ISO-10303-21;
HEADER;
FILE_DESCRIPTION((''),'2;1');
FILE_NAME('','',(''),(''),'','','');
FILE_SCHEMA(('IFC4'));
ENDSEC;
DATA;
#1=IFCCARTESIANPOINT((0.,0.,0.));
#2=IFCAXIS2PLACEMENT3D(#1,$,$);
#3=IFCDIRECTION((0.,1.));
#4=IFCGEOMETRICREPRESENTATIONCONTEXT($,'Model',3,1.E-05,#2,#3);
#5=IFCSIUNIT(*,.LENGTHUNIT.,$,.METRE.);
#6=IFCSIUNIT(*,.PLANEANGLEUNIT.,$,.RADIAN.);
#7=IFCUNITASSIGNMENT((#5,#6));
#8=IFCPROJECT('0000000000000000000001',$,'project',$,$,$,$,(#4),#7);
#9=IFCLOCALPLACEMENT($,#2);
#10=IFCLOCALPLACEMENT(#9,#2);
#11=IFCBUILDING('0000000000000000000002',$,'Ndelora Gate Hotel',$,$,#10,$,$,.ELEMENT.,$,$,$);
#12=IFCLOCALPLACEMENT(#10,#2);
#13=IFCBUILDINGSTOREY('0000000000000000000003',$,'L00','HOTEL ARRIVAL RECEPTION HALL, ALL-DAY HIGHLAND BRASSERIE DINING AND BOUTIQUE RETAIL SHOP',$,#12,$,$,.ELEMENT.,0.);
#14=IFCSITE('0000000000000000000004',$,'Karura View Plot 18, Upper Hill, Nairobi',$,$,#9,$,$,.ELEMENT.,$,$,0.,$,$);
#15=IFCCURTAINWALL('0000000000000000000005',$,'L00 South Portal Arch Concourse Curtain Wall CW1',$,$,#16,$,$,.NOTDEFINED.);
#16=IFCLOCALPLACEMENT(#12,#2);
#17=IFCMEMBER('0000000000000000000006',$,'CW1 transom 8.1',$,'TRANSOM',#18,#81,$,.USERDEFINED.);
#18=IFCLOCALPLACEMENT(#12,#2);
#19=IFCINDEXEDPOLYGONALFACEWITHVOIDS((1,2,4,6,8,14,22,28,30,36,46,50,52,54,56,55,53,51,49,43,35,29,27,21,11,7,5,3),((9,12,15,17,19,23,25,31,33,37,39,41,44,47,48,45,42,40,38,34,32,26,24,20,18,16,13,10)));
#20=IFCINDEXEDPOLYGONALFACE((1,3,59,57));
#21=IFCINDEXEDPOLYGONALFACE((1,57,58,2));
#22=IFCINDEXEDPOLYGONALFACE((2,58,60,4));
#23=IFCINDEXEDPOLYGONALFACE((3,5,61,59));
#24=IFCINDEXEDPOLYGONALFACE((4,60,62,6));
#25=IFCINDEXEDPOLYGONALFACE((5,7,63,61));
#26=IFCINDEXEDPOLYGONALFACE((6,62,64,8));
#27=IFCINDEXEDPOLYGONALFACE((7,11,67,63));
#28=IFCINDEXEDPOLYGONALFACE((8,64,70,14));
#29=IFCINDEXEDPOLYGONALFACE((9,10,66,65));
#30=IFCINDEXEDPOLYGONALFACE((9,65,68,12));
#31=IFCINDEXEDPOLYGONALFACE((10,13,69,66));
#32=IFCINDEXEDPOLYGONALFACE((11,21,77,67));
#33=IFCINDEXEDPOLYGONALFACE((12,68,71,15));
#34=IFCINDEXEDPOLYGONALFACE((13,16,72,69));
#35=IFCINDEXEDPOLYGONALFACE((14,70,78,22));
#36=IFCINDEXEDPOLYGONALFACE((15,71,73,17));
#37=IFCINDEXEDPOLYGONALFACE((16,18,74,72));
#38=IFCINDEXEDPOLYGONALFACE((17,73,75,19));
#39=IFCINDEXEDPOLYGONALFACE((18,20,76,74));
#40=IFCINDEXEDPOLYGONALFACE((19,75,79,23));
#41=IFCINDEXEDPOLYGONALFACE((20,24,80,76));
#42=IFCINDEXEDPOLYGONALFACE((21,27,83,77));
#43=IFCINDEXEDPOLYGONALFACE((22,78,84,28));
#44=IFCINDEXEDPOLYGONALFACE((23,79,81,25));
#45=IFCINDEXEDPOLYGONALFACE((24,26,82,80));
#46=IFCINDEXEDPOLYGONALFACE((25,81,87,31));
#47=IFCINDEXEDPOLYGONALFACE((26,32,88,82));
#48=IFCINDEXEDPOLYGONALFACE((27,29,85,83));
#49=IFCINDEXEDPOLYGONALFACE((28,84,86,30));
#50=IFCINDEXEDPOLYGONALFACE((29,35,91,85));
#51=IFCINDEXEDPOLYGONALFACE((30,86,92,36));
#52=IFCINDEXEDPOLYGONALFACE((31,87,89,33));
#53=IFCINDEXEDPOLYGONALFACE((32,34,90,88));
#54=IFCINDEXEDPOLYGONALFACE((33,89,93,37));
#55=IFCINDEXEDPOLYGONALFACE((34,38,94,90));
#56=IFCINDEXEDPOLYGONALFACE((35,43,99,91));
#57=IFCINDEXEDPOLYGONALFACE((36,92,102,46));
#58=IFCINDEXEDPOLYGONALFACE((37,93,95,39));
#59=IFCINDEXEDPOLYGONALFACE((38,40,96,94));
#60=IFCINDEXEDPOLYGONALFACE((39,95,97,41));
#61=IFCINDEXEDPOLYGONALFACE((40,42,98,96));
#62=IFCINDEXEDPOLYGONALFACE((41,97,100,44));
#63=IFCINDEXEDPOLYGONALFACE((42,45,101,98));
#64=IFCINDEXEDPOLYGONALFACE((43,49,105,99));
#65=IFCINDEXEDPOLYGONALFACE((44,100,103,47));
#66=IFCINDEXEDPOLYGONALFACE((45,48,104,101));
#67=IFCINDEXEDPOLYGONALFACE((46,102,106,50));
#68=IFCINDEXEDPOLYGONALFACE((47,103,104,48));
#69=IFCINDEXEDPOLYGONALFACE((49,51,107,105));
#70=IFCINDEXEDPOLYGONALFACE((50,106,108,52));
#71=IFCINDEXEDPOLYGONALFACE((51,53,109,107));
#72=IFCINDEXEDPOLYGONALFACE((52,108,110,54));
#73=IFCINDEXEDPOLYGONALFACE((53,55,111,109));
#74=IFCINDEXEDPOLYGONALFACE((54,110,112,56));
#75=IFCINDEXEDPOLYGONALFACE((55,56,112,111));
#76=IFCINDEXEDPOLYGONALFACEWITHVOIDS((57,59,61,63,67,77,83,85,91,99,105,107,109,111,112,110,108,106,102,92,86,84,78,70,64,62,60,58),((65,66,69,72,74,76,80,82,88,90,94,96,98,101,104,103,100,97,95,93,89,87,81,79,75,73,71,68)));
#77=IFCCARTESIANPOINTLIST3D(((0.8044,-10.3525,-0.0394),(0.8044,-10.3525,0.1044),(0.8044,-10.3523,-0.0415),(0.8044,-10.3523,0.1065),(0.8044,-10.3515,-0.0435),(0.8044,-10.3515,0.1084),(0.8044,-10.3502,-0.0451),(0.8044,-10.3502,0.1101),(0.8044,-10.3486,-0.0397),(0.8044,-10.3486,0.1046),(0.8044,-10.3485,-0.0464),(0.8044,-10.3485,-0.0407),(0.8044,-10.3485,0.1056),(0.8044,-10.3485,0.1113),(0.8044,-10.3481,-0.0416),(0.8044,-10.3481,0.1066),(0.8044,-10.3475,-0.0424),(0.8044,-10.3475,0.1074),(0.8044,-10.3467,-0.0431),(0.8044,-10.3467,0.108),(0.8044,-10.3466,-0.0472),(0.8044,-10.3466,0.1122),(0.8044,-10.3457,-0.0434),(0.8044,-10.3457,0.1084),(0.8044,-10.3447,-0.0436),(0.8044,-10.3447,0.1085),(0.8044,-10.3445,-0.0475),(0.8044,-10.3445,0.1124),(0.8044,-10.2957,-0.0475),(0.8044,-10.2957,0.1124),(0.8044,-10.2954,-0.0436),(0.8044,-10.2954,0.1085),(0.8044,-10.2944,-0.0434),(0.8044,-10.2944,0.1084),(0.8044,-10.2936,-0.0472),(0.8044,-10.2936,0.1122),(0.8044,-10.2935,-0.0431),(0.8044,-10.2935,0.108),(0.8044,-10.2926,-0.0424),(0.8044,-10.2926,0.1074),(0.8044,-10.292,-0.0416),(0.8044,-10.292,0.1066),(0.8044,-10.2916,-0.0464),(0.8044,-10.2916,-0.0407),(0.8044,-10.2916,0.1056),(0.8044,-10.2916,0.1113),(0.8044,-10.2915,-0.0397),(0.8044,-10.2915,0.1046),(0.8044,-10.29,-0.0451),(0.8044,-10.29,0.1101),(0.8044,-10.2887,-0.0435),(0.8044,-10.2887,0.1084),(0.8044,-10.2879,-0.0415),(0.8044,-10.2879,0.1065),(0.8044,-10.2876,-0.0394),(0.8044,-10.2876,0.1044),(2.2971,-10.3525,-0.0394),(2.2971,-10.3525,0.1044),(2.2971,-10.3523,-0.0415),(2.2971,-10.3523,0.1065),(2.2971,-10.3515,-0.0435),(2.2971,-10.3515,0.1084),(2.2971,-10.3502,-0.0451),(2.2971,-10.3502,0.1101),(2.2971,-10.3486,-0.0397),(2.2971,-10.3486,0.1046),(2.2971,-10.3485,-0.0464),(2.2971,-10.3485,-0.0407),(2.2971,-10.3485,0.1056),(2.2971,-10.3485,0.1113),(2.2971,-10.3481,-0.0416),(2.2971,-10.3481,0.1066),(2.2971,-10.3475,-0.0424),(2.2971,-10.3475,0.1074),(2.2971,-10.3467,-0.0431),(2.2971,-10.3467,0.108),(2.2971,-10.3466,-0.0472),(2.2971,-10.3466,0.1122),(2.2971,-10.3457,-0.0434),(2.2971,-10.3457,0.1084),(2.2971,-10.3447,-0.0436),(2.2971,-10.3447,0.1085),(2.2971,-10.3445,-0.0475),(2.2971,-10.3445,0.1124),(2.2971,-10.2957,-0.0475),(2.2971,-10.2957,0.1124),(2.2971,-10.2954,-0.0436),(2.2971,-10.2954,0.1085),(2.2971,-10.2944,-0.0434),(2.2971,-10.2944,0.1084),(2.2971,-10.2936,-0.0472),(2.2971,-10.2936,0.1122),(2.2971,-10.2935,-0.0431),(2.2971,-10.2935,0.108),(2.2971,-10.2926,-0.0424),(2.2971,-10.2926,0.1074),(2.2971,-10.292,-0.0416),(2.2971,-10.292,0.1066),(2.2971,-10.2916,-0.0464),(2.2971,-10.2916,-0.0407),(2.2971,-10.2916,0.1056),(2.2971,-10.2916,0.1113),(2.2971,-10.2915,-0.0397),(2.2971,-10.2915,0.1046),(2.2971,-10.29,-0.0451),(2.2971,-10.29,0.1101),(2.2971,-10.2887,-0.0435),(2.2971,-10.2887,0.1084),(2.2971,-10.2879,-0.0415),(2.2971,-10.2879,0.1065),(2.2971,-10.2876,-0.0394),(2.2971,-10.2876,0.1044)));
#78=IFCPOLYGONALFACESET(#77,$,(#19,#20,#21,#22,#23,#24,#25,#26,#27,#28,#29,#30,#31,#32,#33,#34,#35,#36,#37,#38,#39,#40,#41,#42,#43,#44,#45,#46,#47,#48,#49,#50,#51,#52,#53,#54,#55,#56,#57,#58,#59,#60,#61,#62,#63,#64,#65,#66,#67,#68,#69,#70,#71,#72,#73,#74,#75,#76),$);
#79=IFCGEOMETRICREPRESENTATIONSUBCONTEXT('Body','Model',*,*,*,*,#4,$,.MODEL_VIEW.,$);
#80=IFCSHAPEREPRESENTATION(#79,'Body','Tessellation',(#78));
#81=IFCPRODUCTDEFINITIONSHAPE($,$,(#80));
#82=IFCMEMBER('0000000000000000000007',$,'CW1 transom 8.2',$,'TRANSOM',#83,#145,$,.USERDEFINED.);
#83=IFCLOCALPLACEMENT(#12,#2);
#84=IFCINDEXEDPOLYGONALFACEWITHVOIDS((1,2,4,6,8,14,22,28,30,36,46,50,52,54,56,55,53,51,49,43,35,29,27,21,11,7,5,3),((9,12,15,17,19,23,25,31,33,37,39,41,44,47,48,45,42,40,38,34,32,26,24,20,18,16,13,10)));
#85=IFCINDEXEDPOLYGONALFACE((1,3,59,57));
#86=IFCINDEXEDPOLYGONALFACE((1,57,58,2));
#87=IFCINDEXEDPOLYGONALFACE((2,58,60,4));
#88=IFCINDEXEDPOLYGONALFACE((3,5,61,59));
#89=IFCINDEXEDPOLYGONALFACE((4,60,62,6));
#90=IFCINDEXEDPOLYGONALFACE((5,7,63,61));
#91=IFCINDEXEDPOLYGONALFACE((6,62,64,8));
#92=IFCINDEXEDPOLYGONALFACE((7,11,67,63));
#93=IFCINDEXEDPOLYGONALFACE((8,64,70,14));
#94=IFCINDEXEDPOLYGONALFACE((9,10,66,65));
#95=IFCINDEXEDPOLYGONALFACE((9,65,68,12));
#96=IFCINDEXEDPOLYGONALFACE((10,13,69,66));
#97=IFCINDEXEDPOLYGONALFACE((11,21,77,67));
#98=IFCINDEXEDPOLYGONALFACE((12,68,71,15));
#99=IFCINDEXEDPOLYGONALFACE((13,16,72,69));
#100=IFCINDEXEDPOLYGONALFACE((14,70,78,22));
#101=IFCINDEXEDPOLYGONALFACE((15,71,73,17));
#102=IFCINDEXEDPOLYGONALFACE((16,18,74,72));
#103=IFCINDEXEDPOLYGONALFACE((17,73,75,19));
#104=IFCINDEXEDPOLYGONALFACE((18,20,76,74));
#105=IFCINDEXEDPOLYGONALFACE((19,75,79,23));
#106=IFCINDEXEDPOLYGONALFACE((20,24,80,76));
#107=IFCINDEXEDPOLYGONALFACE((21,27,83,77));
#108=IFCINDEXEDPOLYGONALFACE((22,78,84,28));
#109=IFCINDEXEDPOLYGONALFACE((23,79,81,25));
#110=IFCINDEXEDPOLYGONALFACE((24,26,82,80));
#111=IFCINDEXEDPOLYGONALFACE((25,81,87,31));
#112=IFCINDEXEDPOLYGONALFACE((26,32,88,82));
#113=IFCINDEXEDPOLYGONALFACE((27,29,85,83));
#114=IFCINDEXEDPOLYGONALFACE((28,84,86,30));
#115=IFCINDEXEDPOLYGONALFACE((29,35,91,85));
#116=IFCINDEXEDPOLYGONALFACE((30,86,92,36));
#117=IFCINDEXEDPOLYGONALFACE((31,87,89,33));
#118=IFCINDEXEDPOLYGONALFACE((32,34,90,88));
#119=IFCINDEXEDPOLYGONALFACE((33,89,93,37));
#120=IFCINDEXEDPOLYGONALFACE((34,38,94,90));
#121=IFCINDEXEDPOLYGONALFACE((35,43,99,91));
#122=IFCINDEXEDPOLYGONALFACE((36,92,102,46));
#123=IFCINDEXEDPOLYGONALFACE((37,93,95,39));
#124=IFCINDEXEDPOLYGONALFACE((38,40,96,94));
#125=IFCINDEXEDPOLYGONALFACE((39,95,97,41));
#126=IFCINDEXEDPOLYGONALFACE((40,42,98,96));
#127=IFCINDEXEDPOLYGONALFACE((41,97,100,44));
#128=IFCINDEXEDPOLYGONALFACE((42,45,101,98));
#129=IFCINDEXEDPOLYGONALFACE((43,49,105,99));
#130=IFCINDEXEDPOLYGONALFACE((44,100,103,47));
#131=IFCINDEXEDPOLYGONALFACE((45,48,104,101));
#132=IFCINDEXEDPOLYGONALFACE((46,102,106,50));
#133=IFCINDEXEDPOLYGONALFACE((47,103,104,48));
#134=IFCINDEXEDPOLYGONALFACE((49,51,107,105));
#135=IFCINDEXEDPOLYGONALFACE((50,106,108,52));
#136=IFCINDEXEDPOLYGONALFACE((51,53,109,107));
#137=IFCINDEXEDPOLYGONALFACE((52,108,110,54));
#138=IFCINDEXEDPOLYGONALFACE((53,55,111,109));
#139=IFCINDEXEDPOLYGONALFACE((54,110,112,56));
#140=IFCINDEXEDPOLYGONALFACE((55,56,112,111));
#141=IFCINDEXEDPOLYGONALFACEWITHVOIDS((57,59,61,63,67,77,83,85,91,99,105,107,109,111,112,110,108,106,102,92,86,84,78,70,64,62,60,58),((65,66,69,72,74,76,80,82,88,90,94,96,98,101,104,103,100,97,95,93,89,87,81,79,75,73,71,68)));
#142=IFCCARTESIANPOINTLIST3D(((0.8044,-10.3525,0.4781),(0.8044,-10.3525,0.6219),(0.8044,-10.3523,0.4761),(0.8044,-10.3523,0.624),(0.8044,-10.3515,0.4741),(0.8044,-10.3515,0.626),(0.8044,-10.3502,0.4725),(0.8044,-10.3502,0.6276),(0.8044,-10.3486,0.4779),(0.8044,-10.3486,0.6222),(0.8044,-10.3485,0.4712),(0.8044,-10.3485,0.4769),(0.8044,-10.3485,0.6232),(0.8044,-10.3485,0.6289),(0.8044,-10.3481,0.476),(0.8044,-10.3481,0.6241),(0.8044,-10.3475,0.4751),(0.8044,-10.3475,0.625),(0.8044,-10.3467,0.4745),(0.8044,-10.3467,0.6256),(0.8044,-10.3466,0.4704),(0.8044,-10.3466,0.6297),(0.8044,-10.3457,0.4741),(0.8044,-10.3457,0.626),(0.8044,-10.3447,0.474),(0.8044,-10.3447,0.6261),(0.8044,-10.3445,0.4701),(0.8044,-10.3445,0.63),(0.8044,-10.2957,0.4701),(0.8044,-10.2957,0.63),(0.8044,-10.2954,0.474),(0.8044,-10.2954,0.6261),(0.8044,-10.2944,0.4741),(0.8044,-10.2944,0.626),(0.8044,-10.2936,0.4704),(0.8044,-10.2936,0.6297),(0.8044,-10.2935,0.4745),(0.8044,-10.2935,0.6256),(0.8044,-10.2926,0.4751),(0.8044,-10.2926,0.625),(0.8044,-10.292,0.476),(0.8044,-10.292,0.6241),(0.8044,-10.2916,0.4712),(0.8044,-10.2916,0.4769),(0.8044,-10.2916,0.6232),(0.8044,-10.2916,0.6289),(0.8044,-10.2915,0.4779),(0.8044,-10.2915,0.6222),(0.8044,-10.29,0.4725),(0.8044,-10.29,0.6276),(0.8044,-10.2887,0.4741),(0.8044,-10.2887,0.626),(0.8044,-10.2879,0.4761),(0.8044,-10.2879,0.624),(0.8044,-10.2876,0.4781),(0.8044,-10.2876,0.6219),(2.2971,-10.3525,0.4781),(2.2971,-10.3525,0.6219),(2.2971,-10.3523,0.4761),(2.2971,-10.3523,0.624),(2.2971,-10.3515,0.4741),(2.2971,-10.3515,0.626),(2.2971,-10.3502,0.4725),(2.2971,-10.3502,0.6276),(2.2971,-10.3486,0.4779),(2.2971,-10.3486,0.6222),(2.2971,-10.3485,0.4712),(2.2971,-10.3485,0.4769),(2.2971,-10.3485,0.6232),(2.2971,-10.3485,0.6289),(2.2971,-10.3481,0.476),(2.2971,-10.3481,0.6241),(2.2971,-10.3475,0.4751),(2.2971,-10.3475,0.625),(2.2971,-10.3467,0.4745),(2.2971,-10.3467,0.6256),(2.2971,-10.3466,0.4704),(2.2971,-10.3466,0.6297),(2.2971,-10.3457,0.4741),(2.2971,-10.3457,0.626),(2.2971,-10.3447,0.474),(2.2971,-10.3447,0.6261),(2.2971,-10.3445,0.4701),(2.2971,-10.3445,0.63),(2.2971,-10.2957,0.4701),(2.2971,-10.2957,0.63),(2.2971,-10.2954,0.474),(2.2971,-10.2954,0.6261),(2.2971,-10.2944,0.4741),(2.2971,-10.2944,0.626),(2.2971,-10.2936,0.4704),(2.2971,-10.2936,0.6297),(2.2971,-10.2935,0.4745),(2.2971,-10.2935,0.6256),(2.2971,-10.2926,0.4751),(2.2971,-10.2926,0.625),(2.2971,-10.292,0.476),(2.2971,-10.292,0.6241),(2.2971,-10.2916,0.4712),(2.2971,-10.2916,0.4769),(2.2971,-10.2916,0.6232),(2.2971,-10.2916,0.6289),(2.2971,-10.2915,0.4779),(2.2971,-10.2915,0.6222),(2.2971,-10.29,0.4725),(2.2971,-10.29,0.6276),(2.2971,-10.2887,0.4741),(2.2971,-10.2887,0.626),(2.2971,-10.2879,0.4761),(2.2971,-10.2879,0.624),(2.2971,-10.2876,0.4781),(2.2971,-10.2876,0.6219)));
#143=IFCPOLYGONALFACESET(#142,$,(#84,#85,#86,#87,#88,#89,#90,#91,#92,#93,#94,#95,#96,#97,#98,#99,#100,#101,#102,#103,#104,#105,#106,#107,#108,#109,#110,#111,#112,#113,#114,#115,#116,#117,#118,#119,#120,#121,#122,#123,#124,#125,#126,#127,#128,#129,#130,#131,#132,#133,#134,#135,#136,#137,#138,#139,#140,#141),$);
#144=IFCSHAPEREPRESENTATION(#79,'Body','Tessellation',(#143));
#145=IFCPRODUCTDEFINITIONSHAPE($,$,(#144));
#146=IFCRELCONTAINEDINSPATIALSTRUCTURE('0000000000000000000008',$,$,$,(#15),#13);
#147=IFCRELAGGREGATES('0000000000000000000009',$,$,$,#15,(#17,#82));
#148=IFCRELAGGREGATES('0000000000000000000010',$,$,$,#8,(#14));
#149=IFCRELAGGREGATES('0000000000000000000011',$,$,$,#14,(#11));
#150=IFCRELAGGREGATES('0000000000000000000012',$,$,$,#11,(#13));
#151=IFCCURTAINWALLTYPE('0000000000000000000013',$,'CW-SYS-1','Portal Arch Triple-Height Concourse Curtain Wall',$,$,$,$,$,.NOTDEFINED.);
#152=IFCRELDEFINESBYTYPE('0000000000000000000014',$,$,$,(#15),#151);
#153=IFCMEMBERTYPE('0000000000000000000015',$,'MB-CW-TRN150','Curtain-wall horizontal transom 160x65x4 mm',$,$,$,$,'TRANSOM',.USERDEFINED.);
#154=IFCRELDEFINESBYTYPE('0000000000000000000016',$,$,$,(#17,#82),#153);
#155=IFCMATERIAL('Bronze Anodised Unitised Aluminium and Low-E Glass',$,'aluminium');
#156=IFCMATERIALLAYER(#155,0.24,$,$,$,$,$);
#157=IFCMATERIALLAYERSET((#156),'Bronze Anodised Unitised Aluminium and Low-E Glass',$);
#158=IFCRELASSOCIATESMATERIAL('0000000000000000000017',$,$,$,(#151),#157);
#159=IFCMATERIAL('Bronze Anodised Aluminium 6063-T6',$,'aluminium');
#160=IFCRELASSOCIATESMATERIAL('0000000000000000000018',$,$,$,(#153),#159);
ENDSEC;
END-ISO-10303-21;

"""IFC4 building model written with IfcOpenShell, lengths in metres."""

from ifc_helpers import new_model, si_unit, direction, frame, origin, origin_2d, place, context, subcontext, project, spatial, hollow_rectangle, extrude, material, layer, layer_set, material_profile, profile_set, type_object, element, aggregate, save


model = new_model("IFC4")

# Units and contexts
model_context = context("Model", 3, precision=1e-05, world=origin(), true_north=direction((0.0, 1.0)))
body_context = subcontext(model_context, "Body", "Model", "MODEL_VIEW")
ifc_project = project(units=[si_unit("LENGTHUNIT", "METRE"), si_unit("PLANEANGLEUNIT", "RADIAN")], contexts=[model_context])

# Site, building, storey
site_placement = place(None, origin())
site = spatial("IfcSite", under=ifc_project, at=site_placement, Name="Karura View Plot 18, Upper Hill, Nairobi", CompositionType="ELEMENT", RefElevation=0.0)
building_placement = place(site_placement, origin())
building = spatial("IfcBuilding", under=site, at=building_placement, Name="Ndelora Gate Hotel", CompositionType="ELEMENT")
storey_placement = place(building_placement, origin())
storey = spatial("IfcBuildingStorey", under=building, at=storey_placement, Name="L00", Description="HOTEL ARRIVAL RECEPTION HALL, ALL-DAY HIGHLAND BRASSERIE DINING AND BOUTIQUE RETAIL SHOP", CompositionType="ELEMENT", Elevation=0.0)

# Curtain wall, members
ifc_material_1 = material(Name="Bronze Anodised Unitised Aluminium and Low-E Glass", Category="aluminium")
ifc_layer_1 = layer(ifc_material_1, 0.24)
ifc_layer_set_1 = layer_set([ifc_layer_1], Name="Bronze Anodised Unitised Aluminium and Low-E Glass")
curtain_wall_type = type_object("IfcCurtainWallType", Name="CW-SYS-1", Description="Portal Arch Triple-Height Concourse Curtain Wall", PredefinedType="NOTDEFINED", material=ifc_layer_set_1)
curtain_wall_placement = place(storey_placement, origin())
curtain_wall = element("IfcCurtainWall", 1, at=curtain_wall_placement, inside=storey, type_object=curtain_wall_type, Name="L00 South Portal Arch Concourse Curtain Wall CW1", PredefinedType="NOTDEFINED")
ifc_material_2 = material(Name="Bronze Anodised Aluminium 6063-T6", Category="aluminium")
ifc_material_profile_1 = material_profile(ifc_material_2, hollow_rectangle(XDim=0.0649, YDim=0.1599, WallThickness=0.0039, InnerFilletRadius=0.0039, OuterFilletRadius=0.0081, at=origin_2d()), Name="ALU 160x65x4")
ifc_profile_set_1 = profile_set([ifc_material_profile_1], Name="Bronze Anodised Aluminium 6063-T6")
member_type_1 = type_object("IfcMemberType", Name="MB-CW-TRN150", Description="Curtain-wall horizontal transom 160x65x4 mm", ElementType="TRANSOM", PredefinedType="USERDEFINED", material=ifc_profile_set_1)
member_1_placement = place(storey_placement, frame((0.8044, -10.3201, 0.0325), z_axis=(1.0, 0.0, 0.0), x_axis=(0.0, 1.0, 0.0)))
member_1 = element("IfcMember", 2, at=member_1_placement, type_object=member_type_1, Name="CW1 transom 8.1", ObjectType="TRANSOM", PredefinedType="USERDEFINED", context=body_context, shape_type="SweptSolid", body=[
    extrude(hollow_rectangle(XDim=0.0649, YDim=0.1599, WallThickness=0.0039, InnerFilletRadius=0.0039, OuterFilletRadius=0.0081, at=origin_2d()), origin(), (0.0, 0.0, 1.0), 1.4927),
])
member_2_placement = place(storey_placement, frame((0.8044, -10.3201, 0.55), z_axis=(1.0, 0.0, 0.0), x_axis=(0.0, 1.0, 0.0)))
member_2 = element("IfcMember", 3, at=member_2_placement, type_object=member_type_1, Name="CW1 transom 8.2", ObjectType="TRANSOM", PredefinedType="USERDEFINED", context=body_context, shape_type="SweptSolid", body=[
    extrude(hollow_rectangle(XDim=0.0649, YDim=0.1599, WallThickness=0.0039, InnerFilletRadius=0.0039, OuterFilletRadius=0.0081, at=origin_2d()), origin(), (0.0, 0.0, 1.0), 1.4927),
])
aggregate(curtain_wall, [member_1, member_2])

save(model, "model.ifc")
